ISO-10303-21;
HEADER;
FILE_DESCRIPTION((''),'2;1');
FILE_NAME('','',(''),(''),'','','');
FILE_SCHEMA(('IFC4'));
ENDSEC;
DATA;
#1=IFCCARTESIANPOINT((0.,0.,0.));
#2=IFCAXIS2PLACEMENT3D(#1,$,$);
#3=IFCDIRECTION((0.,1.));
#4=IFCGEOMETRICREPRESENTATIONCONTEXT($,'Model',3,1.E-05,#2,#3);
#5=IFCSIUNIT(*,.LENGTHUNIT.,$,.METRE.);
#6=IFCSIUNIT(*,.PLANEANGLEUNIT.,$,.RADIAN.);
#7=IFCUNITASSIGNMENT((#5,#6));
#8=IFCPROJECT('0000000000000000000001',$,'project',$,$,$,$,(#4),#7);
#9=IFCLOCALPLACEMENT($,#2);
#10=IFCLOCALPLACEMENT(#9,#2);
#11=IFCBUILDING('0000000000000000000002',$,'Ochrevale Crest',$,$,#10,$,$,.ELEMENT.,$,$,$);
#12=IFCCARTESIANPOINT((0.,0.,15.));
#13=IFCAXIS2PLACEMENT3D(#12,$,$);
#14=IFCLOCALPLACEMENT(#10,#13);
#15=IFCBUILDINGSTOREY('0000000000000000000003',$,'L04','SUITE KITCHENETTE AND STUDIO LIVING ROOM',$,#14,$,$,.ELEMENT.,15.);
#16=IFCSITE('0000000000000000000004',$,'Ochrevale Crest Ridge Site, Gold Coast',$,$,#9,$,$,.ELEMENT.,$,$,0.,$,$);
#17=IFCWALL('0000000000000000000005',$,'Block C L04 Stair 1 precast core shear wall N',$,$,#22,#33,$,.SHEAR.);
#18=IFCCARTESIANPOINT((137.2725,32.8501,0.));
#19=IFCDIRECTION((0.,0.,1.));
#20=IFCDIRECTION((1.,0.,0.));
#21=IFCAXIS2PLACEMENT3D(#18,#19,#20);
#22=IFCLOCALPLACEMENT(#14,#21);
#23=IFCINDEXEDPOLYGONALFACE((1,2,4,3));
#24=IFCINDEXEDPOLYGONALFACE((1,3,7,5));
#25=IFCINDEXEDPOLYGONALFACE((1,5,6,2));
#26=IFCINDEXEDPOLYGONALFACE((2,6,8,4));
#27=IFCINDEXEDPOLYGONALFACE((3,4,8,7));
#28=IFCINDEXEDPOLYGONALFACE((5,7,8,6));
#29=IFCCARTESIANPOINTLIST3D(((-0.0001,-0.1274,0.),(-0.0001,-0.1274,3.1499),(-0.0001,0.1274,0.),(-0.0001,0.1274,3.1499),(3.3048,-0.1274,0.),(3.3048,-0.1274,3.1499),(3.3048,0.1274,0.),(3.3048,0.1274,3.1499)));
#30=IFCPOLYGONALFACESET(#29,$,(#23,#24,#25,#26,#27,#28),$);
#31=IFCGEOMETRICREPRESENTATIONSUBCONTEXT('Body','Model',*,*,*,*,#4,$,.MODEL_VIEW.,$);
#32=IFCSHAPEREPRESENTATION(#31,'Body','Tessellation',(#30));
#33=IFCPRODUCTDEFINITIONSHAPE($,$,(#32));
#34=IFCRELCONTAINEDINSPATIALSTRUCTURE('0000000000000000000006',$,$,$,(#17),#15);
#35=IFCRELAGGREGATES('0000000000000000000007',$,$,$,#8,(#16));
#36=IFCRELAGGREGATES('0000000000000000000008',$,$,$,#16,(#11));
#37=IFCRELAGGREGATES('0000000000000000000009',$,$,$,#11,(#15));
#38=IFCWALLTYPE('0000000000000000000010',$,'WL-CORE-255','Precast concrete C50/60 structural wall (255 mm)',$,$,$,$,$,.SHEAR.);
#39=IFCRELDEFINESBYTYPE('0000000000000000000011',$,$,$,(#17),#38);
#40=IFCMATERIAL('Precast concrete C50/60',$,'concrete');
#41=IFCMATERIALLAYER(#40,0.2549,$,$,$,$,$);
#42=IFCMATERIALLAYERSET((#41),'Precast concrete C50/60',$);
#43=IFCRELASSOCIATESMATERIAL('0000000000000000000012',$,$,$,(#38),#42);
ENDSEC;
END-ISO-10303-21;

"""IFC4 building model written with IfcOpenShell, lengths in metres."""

from ifc_helpers import new_model, si_unit, direction, frame, frame_2d, origin, place, context, subcontext, project, spatial, rectangle, extrude, material, layer, layer_set, type_object, element, save


model = new_model("IFC4")

# Units and contexts
model_context = context("Model", 3, precision=1e-05, world=origin(), true_north=direction((0.0, 1.0)))
body_context = subcontext(model_context, "Body", "Model", "MODEL_VIEW")
ifc_project = project(units=[si_unit("LENGTHUNIT", "METRE"), si_unit("PLANEANGLEUNIT", "RADIAN")], contexts=[model_context])

# Site, building, storey
site_placement = place(None, origin())
site = spatial("IfcSite", under=ifc_project, at=site_placement, Name="Ochrevale Crest Ridge Site, Gold Coast", CompositionType="ELEMENT", RefElevation=0.0)
building_placement = place(site_placement, origin())
building = spatial("IfcBuilding", under=site, at=building_placement, Name="Ochrevale Crest", CompositionType="ELEMENT")
storey_placement = place(building_placement, frame((0.0, 0.0, 15.0)))
storey = spatial("IfcBuildingStorey", under=building, at=storey_placement, Name="L04", Description="SUITE KITCHENETTE AND STUDIO LIVING ROOM", CompositionType="ELEMENT", Elevation=15.0)

# Shared definitions
ifc_material_1 = material(Name="Precast concrete C50/60", Category="concrete")

# Wall
ifc_layer_1 = layer(ifc_material_1, 0.2549)
ifc_layer_set_1 = layer_set([ifc_layer_1], Name="Precast concrete C50/60")
wall_type_1 = type_object("IfcWallType", Name="WL-CORE-255", Description="Precast concrete C50/60 structural wall (255 mm)", PredefinedType="SHEAR", material=ifc_layer_set_1)
wall_1_placement = place(storey_placement, frame((137.2725, 32.8501, 0.0), z_axis=(0.0, 0.0, 1.0), x_axis=(1.0, 0.0, 0.0)))
element("IfcWall", 1, at=wall_1_placement, inside=storey, type_object=wall_type_1, Name="Block C L04 Stair 1 precast core shear wall N", PredefinedType="SHEAR", context=body_context, shape_type="SweptSolid", body=[
    extrude(rectangle(XDim=3.3049, YDim=0.2549, at=frame_2d((1.6523, 0.0))), origin(), (0.0, 0.0, 1.0), 3.1499),
])

save(model, "model.ifc")
